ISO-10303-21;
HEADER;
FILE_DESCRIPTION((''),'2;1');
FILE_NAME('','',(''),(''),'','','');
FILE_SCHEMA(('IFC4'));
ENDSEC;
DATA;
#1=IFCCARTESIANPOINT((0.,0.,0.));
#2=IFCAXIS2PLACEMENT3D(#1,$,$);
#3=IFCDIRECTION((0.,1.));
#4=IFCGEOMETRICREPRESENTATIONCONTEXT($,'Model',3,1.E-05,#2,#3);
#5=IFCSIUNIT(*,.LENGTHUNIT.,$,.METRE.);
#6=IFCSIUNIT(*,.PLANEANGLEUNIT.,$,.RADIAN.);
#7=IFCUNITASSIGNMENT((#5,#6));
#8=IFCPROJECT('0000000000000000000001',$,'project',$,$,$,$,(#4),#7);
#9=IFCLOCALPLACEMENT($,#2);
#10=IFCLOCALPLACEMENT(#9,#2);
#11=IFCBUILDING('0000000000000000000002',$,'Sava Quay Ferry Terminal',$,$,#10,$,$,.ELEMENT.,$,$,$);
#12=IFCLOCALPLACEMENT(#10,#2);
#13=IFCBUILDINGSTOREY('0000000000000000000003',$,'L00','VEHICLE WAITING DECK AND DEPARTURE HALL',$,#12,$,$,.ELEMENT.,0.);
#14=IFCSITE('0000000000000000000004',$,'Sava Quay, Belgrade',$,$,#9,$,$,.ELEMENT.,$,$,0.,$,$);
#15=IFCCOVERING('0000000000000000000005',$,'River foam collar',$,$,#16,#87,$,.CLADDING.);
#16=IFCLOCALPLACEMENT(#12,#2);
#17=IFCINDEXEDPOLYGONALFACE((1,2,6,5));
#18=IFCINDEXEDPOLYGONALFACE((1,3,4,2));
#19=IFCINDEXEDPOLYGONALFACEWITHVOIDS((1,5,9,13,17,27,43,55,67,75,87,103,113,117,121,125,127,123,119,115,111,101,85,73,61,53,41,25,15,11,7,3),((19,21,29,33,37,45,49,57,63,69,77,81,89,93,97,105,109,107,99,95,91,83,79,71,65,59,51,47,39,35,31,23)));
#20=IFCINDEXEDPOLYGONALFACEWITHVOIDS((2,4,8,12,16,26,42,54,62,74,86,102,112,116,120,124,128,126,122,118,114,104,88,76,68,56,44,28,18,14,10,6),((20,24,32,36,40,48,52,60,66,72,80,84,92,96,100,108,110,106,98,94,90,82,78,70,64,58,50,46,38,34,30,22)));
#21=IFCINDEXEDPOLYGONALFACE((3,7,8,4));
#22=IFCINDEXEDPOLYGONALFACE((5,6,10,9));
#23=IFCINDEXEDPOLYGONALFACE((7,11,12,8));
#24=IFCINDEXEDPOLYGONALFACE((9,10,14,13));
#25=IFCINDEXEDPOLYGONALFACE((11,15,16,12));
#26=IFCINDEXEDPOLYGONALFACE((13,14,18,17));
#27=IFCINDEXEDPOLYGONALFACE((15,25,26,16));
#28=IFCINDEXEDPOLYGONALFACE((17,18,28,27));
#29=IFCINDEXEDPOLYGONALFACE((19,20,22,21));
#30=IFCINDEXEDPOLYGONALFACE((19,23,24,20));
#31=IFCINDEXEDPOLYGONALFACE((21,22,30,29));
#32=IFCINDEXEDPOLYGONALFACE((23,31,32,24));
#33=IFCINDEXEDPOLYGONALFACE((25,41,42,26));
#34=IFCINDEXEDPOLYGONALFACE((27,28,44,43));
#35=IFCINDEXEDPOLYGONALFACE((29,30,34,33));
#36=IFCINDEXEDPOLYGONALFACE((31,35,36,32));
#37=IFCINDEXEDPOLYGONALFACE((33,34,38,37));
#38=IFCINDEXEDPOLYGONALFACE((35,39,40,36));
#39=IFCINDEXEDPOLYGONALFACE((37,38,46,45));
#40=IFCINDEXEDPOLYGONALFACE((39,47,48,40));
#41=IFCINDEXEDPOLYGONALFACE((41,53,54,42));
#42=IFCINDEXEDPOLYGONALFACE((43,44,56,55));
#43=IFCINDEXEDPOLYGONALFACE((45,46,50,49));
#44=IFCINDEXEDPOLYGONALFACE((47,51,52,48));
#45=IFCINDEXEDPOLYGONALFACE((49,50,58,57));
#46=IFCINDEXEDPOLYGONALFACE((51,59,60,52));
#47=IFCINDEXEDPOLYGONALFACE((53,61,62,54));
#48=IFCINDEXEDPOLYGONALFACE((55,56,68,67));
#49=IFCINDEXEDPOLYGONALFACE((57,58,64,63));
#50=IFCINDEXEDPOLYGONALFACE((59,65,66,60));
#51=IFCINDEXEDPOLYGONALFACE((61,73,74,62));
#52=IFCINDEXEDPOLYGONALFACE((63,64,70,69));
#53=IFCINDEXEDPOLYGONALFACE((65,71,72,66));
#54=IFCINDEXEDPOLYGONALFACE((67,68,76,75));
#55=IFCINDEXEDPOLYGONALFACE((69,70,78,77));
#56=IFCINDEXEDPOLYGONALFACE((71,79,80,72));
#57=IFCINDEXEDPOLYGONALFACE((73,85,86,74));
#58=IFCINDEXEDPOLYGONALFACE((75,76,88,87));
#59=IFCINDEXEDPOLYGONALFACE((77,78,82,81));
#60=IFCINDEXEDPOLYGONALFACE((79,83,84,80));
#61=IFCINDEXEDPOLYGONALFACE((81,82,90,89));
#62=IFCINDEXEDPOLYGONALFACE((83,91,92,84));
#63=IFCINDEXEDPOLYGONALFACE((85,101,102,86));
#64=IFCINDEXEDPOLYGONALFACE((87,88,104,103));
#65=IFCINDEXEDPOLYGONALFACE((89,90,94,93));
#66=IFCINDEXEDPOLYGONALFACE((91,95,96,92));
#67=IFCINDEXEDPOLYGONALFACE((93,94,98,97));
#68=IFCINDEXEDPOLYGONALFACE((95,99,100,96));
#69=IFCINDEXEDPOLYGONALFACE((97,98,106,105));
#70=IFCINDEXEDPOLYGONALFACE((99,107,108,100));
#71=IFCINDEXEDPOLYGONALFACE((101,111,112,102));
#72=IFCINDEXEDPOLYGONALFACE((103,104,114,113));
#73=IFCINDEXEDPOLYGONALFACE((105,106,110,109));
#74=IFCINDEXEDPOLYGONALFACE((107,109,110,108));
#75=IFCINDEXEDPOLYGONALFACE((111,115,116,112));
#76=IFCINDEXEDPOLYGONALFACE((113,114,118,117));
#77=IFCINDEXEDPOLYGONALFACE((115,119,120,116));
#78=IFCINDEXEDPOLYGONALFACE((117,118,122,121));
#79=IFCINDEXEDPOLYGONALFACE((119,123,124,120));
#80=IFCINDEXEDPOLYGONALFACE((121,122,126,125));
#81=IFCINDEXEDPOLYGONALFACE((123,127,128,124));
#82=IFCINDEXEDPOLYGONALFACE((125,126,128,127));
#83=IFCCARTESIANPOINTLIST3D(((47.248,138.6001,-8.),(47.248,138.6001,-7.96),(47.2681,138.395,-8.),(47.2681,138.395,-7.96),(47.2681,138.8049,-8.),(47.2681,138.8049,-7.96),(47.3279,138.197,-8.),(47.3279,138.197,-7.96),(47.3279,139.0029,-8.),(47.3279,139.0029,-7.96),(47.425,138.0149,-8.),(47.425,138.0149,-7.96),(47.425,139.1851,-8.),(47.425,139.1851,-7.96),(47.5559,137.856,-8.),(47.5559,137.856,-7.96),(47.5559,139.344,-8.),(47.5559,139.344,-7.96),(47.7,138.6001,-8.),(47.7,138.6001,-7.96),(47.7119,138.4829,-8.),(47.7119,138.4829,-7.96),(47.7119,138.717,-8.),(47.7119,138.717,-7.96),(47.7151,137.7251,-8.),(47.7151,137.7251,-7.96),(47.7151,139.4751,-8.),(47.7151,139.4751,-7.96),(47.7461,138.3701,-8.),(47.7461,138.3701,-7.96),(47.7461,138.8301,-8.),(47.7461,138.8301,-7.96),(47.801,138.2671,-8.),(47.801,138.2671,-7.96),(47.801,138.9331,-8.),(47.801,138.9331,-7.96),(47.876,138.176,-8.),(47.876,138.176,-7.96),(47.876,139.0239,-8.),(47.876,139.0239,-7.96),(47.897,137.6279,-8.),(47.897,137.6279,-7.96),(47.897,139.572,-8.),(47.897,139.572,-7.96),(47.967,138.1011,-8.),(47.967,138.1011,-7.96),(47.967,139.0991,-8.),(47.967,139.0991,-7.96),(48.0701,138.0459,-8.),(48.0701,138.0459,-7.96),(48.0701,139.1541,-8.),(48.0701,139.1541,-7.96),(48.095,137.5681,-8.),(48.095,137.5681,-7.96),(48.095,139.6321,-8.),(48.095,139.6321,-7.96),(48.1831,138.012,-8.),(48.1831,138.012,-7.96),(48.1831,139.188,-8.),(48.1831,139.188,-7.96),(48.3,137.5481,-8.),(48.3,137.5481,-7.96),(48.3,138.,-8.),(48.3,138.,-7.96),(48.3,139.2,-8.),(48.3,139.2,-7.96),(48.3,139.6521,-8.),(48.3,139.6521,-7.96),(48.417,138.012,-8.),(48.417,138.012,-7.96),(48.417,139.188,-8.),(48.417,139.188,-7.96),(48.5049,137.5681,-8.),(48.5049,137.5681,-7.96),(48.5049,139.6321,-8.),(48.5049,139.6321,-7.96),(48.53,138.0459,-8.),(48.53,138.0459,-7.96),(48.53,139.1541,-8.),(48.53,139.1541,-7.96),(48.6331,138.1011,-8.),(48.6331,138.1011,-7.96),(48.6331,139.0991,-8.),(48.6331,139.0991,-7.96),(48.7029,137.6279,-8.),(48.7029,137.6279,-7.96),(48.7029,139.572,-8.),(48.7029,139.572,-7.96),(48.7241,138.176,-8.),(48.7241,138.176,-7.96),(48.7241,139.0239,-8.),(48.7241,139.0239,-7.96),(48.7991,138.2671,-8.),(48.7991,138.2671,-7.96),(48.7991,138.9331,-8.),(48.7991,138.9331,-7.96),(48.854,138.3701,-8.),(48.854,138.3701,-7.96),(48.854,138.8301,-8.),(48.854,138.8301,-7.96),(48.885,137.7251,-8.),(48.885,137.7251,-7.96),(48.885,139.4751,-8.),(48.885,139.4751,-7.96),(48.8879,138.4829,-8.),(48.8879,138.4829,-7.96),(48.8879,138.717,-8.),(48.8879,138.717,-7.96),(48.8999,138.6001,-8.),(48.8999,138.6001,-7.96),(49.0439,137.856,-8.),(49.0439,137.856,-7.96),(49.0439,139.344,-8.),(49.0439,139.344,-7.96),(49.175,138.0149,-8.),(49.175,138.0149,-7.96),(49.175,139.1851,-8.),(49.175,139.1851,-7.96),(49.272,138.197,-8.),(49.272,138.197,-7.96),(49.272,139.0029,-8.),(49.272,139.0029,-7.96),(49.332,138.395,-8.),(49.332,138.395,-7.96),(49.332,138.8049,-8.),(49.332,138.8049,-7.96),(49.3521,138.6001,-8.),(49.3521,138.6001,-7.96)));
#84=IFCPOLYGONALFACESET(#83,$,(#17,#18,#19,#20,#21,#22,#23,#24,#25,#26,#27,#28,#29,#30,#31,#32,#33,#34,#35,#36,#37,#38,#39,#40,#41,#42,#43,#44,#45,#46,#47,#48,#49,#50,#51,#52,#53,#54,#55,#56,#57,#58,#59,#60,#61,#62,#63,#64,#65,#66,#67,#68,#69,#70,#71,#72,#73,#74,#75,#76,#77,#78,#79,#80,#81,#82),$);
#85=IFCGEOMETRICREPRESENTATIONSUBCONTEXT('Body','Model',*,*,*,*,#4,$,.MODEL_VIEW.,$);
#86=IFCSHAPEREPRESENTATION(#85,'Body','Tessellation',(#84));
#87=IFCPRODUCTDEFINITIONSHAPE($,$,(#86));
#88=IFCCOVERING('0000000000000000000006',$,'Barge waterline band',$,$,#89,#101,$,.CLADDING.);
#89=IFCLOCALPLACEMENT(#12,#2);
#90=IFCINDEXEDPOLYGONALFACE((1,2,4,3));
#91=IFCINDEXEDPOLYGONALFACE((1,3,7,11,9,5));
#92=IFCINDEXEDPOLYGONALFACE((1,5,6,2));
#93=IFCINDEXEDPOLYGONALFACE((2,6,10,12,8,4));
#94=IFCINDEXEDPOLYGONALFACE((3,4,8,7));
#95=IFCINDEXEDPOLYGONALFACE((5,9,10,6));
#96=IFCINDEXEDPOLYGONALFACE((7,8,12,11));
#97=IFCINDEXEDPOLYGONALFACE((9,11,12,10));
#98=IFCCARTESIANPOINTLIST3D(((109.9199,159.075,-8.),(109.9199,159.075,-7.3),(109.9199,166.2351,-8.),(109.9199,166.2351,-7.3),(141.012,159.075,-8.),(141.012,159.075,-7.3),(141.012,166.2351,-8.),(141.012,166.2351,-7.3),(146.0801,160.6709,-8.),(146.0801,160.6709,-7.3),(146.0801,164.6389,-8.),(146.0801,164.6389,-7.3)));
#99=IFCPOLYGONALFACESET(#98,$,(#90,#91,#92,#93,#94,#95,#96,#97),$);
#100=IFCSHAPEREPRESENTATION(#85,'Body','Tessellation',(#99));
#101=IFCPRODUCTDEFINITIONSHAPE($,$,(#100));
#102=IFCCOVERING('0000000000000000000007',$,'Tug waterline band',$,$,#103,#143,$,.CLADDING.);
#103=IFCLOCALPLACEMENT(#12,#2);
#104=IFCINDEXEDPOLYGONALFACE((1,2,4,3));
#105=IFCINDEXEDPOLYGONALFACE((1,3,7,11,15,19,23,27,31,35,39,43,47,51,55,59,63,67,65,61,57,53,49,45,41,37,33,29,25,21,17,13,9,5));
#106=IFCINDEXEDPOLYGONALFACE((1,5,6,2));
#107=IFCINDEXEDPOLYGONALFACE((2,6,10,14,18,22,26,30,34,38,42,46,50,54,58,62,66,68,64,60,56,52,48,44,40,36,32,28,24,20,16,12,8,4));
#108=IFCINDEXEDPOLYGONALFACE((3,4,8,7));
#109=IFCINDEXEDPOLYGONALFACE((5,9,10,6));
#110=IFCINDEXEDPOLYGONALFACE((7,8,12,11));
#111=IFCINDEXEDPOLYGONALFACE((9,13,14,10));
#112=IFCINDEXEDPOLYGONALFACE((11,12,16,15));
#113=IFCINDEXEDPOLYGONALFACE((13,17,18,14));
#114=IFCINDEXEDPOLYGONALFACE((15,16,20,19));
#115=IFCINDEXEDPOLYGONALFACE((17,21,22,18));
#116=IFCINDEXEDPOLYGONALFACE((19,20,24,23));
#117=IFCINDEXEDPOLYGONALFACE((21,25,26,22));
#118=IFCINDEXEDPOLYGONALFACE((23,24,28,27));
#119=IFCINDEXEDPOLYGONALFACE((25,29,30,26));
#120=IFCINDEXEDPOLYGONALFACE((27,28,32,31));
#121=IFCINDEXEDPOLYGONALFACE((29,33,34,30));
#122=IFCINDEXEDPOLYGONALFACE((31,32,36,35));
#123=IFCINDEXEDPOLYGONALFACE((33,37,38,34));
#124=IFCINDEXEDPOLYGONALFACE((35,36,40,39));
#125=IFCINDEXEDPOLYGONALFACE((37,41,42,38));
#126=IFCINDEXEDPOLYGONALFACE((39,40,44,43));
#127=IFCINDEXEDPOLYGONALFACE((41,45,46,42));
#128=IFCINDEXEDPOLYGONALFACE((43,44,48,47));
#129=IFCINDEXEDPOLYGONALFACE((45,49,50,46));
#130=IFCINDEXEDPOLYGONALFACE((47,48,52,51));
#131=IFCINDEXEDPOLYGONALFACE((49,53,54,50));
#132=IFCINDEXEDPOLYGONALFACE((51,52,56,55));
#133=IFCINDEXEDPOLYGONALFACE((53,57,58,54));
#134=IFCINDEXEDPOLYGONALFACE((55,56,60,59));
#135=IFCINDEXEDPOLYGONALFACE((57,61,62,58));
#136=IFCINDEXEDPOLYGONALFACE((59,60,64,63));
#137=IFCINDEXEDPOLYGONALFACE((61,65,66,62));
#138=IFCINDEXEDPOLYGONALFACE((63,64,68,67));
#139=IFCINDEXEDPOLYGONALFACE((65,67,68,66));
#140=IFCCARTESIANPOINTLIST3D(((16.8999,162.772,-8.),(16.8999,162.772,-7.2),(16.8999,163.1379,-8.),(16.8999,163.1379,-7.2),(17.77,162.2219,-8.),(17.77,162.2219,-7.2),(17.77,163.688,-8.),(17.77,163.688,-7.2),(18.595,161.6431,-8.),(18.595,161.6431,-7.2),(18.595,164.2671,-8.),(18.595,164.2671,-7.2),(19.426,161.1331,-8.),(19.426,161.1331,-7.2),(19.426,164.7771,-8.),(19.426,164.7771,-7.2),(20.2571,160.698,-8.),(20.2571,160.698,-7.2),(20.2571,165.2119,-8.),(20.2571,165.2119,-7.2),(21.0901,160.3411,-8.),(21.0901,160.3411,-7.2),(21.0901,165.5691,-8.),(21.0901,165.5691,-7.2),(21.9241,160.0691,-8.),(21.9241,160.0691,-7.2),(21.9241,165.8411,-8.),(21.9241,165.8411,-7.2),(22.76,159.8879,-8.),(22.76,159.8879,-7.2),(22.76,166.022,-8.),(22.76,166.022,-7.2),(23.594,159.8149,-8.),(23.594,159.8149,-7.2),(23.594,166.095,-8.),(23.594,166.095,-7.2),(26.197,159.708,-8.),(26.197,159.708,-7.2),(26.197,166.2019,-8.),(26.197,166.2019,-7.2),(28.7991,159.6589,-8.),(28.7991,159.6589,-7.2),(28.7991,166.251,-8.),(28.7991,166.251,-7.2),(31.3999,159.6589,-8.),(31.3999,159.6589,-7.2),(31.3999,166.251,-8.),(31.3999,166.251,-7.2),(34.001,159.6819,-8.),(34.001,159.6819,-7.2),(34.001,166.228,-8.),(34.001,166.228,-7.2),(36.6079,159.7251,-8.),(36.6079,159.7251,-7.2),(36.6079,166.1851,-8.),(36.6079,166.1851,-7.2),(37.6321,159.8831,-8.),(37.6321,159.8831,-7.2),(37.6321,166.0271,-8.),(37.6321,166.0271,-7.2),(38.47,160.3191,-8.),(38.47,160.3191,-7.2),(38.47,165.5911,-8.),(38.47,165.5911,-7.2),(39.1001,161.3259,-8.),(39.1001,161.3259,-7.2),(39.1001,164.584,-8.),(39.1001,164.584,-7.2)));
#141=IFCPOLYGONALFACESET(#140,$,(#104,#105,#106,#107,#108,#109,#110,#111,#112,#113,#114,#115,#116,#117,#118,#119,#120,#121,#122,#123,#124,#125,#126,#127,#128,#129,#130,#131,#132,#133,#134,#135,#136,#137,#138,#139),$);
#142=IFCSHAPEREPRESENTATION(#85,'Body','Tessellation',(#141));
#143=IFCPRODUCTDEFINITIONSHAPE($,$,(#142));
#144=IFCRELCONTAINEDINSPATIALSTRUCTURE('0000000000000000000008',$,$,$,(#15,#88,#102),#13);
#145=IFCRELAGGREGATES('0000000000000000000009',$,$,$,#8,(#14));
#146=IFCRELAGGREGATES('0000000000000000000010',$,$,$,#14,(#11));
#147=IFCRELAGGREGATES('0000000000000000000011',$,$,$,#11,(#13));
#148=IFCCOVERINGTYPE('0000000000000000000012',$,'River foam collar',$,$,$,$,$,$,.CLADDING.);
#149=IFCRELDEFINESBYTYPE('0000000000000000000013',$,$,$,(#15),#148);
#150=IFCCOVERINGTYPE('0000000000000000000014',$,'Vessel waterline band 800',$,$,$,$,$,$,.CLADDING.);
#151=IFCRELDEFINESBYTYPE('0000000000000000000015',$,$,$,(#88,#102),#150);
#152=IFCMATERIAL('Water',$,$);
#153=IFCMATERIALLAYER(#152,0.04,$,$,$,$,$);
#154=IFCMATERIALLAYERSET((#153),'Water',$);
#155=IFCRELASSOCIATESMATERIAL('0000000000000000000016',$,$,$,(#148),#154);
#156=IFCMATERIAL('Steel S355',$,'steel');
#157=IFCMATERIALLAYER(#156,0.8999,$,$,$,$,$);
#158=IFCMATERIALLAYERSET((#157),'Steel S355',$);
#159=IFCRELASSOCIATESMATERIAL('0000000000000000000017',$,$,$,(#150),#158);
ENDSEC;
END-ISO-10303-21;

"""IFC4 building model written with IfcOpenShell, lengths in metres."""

from ifc_helpers import new_model, si_unit, direction, frame, origin, place, context, subcontext, project, spatial, polyline, outline, extrude, material, layer, layer_set, type_object, element, save


model = new_model("IFC4")

# Units and contexts
model_context = context("Model", 3, precision=1e-05, world=origin(), true_north=direction((0.0, 1.0)))
body_context = subcontext(model_context, "Body", "Model", "MODEL_VIEW")
ifc_project = project(units=[si_unit("LENGTHUNIT", "METRE"), si_unit("PLANEANGLEUNIT", "RADIAN")], contexts=[model_context])

# Site, building, storey
site_placement = place(None, origin())
site = spatial("IfcSite", under=ifc_project, at=site_placement, Name="Sava Quay, Belgrade", CompositionType="ELEMENT", RefElevation=0.0)
building_placement = place(site_placement, origin())
building = spatial("IfcBuilding", under=site, at=building_placement, Name="Sava Quay Ferry Terminal", CompositionType="ELEMENT")
storey_placement = place(building_placement, origin())
storey = spatial("IfcBuildingStorey", under=building, at=storey_placement, Name="L00", Description="VEHICLE WAITING DECK AND DEPARTURE HALL", CompositionType="ELEMENT", Elevation=0.0)

# Coverings
ifc_material_1 = material(Name="Water")
ifc_layer_1 = layer(ifc_material_1, 0.04)
ifc_layer_set_1 = layer_set([ifc_layer_1], Name="Water")
covering_type_1 = type_object("IfcCoveringType", Name="River foam collar", PredefinedType="CLADDING", material=ifc_layer_set_1)
covering_1_placement = place(storey_placement, frame((0.0, 0.0, -8.0)))
element("IfcCovering", 1, at=covering_1_placement, inside=storey, type_object=covering_type_1, Name="River foam collar", PredefinedType="CLADDING", context=body_context, shape_type="SweptSolid", body=[
    extrude(outline(polyline([(48.095, 139.6321), (47.897, 139.572), (47.7151, 139.4751), (47.5559, 139.344), (47.425, 139.1851), (47.3279, 139.0029), (47.2681, 138.8049), (47.248, 138.6001), (47.2681, 138.395), (47.3279, 138.197), (47.425, 138.0149), (47.5559, 137.856), (47.7151, 137.7251), (47.897, 137.6279), (48.095, 137.5681), (48.3, 137.5481), (48.5049, 137.5681), (48.7029, 137.6279), (48.885, 137.7251), (49.0439, 137.856), (49.175, 138.0149), (49.272, 138.197), (49.332, 138.395), (49.3521, 138.6001), (49.332, 138.8049), (49.272, 139.0029), (49.175, 139.1851), (49.0439, 139.344), (48.885, 139.4751), (48.7029, 139.572), (48.5049, 139.6321), (48.3, 139.6521), (48.095, 139.6321)]), holes=[polyline([(48.1831, 138.012), (48.0701, 138.0459), (47.967, 138.1011), (47.876, 138.176), (47.801, 138.2671), (47.7461, 138.3701), (47.7119, 138.4829), (47.7, 138.6001), (47.7119, 138.717), (47.7461, 138.8301), (47.801, 138.9331), (47.876, 139.0239), (47.967, 139.0991), (48.0701, 139.1541), (48.1831, 139.188), (48.3, 139.2), (48.417, 139.188), (48.53, 139.1541), (48.6331, 139.0991), (48.7241, 139.0239), (48.7991, 138.9331), (48.854, 138.8301), (48.8879, 138.717), (48.8999, 138.6001), (48.8879, 138.4829), (48.854, 138.3701), (48.7991, 138.2671), (48.7241, 138.176), (48.6331, 138.1011), (48.53, 138.0459), (48.417, 138.012), (48.3, 138.0), (48.1831, 138.012)])]), origin(), (0.0, 0.0, 1.0), 0.04),
])
ifc_material_2 = material(Name="Steel S355", Category="steel")
ifc_layer_2 = layer(ifc_material_2, 0.8999)
ifc_layer_set_2 = layer_set([ifc_layer_2], Name="Steel S355")
covering_type_2 = type_object("IfcCoveringType", Name="Vessel waterline band 800", PredefinedType="CLADDING", material=ifc_layer_set_2)
covering_2_placement = place(storey_placement, frame((0.0, 0.0, -8.0)))
element("IfcCovering", 2, at=covering_2_placement, inside=storey, type_object=covering_type_2, Name="Barge waterline band", PredefinedType="CLADDING", context=body_context, shape_type="SweptSolid", body=[
    extrude(outline(polyline([(109.9199, 159.075), (141.012, 159.075), (146.0801, 160.6709), (146.0801, 164.6389), (141.012, 166.2351), (109.9199, 166.2351), (109.9199, 159.075)])), origin(), (0.0, 0.0, 1.0), 0.7),
])
covering_3_placement = place(storey_placement, frame((0.0, 0.0, -8.0)))
element("IfcCovering", 3, at=covering_3_placement, inside=storey, type_object=covering_type_2, Name="Tug waterline band", PredefinedType="CLADDING", context=body_context, shape_type="SweptSolid", body=[
    extrude(outline(polyline([(39.1001, 164.584), (38.47, 165.5911), (37.6321, 166.0271), (36.6079, 166.1851), (34.001, 166.228), (31.3999, 166.251), (28.7991, 166.251), (26.197, 166.2019), (23.594, 166.095), (22.76, 166.022), (21.9241, 165.8411), (21.0901, 165.5691), (20.2571, 165.2119), (19.426, 164.7771), (18.595, 164.2671), (17.77, 163.688), (16.8999, 163.1379), (16.8999, 162.772), (17.77, 162.2219), (18.595, 161.6431), (19.426, 161.1331), (20.2571, 160.698), (21.0901, 160.3411), (21.9241, 160.0691), (22.76, 159.8879), (23.594, 159.8149), (26.197, 159.708), (28.7991, 159.6589), (31.3999, 159.6589), (34.001, 159.6819), (36.6079, 159.7251), (37.6321, 159.8831), (38.47, 160.3191), (39.1001, 161.3259), (39.1001, 164.584)])), origin(), (0.0, 0.0, 1.0), 0.8),
])

save(model, "model.ifc")
